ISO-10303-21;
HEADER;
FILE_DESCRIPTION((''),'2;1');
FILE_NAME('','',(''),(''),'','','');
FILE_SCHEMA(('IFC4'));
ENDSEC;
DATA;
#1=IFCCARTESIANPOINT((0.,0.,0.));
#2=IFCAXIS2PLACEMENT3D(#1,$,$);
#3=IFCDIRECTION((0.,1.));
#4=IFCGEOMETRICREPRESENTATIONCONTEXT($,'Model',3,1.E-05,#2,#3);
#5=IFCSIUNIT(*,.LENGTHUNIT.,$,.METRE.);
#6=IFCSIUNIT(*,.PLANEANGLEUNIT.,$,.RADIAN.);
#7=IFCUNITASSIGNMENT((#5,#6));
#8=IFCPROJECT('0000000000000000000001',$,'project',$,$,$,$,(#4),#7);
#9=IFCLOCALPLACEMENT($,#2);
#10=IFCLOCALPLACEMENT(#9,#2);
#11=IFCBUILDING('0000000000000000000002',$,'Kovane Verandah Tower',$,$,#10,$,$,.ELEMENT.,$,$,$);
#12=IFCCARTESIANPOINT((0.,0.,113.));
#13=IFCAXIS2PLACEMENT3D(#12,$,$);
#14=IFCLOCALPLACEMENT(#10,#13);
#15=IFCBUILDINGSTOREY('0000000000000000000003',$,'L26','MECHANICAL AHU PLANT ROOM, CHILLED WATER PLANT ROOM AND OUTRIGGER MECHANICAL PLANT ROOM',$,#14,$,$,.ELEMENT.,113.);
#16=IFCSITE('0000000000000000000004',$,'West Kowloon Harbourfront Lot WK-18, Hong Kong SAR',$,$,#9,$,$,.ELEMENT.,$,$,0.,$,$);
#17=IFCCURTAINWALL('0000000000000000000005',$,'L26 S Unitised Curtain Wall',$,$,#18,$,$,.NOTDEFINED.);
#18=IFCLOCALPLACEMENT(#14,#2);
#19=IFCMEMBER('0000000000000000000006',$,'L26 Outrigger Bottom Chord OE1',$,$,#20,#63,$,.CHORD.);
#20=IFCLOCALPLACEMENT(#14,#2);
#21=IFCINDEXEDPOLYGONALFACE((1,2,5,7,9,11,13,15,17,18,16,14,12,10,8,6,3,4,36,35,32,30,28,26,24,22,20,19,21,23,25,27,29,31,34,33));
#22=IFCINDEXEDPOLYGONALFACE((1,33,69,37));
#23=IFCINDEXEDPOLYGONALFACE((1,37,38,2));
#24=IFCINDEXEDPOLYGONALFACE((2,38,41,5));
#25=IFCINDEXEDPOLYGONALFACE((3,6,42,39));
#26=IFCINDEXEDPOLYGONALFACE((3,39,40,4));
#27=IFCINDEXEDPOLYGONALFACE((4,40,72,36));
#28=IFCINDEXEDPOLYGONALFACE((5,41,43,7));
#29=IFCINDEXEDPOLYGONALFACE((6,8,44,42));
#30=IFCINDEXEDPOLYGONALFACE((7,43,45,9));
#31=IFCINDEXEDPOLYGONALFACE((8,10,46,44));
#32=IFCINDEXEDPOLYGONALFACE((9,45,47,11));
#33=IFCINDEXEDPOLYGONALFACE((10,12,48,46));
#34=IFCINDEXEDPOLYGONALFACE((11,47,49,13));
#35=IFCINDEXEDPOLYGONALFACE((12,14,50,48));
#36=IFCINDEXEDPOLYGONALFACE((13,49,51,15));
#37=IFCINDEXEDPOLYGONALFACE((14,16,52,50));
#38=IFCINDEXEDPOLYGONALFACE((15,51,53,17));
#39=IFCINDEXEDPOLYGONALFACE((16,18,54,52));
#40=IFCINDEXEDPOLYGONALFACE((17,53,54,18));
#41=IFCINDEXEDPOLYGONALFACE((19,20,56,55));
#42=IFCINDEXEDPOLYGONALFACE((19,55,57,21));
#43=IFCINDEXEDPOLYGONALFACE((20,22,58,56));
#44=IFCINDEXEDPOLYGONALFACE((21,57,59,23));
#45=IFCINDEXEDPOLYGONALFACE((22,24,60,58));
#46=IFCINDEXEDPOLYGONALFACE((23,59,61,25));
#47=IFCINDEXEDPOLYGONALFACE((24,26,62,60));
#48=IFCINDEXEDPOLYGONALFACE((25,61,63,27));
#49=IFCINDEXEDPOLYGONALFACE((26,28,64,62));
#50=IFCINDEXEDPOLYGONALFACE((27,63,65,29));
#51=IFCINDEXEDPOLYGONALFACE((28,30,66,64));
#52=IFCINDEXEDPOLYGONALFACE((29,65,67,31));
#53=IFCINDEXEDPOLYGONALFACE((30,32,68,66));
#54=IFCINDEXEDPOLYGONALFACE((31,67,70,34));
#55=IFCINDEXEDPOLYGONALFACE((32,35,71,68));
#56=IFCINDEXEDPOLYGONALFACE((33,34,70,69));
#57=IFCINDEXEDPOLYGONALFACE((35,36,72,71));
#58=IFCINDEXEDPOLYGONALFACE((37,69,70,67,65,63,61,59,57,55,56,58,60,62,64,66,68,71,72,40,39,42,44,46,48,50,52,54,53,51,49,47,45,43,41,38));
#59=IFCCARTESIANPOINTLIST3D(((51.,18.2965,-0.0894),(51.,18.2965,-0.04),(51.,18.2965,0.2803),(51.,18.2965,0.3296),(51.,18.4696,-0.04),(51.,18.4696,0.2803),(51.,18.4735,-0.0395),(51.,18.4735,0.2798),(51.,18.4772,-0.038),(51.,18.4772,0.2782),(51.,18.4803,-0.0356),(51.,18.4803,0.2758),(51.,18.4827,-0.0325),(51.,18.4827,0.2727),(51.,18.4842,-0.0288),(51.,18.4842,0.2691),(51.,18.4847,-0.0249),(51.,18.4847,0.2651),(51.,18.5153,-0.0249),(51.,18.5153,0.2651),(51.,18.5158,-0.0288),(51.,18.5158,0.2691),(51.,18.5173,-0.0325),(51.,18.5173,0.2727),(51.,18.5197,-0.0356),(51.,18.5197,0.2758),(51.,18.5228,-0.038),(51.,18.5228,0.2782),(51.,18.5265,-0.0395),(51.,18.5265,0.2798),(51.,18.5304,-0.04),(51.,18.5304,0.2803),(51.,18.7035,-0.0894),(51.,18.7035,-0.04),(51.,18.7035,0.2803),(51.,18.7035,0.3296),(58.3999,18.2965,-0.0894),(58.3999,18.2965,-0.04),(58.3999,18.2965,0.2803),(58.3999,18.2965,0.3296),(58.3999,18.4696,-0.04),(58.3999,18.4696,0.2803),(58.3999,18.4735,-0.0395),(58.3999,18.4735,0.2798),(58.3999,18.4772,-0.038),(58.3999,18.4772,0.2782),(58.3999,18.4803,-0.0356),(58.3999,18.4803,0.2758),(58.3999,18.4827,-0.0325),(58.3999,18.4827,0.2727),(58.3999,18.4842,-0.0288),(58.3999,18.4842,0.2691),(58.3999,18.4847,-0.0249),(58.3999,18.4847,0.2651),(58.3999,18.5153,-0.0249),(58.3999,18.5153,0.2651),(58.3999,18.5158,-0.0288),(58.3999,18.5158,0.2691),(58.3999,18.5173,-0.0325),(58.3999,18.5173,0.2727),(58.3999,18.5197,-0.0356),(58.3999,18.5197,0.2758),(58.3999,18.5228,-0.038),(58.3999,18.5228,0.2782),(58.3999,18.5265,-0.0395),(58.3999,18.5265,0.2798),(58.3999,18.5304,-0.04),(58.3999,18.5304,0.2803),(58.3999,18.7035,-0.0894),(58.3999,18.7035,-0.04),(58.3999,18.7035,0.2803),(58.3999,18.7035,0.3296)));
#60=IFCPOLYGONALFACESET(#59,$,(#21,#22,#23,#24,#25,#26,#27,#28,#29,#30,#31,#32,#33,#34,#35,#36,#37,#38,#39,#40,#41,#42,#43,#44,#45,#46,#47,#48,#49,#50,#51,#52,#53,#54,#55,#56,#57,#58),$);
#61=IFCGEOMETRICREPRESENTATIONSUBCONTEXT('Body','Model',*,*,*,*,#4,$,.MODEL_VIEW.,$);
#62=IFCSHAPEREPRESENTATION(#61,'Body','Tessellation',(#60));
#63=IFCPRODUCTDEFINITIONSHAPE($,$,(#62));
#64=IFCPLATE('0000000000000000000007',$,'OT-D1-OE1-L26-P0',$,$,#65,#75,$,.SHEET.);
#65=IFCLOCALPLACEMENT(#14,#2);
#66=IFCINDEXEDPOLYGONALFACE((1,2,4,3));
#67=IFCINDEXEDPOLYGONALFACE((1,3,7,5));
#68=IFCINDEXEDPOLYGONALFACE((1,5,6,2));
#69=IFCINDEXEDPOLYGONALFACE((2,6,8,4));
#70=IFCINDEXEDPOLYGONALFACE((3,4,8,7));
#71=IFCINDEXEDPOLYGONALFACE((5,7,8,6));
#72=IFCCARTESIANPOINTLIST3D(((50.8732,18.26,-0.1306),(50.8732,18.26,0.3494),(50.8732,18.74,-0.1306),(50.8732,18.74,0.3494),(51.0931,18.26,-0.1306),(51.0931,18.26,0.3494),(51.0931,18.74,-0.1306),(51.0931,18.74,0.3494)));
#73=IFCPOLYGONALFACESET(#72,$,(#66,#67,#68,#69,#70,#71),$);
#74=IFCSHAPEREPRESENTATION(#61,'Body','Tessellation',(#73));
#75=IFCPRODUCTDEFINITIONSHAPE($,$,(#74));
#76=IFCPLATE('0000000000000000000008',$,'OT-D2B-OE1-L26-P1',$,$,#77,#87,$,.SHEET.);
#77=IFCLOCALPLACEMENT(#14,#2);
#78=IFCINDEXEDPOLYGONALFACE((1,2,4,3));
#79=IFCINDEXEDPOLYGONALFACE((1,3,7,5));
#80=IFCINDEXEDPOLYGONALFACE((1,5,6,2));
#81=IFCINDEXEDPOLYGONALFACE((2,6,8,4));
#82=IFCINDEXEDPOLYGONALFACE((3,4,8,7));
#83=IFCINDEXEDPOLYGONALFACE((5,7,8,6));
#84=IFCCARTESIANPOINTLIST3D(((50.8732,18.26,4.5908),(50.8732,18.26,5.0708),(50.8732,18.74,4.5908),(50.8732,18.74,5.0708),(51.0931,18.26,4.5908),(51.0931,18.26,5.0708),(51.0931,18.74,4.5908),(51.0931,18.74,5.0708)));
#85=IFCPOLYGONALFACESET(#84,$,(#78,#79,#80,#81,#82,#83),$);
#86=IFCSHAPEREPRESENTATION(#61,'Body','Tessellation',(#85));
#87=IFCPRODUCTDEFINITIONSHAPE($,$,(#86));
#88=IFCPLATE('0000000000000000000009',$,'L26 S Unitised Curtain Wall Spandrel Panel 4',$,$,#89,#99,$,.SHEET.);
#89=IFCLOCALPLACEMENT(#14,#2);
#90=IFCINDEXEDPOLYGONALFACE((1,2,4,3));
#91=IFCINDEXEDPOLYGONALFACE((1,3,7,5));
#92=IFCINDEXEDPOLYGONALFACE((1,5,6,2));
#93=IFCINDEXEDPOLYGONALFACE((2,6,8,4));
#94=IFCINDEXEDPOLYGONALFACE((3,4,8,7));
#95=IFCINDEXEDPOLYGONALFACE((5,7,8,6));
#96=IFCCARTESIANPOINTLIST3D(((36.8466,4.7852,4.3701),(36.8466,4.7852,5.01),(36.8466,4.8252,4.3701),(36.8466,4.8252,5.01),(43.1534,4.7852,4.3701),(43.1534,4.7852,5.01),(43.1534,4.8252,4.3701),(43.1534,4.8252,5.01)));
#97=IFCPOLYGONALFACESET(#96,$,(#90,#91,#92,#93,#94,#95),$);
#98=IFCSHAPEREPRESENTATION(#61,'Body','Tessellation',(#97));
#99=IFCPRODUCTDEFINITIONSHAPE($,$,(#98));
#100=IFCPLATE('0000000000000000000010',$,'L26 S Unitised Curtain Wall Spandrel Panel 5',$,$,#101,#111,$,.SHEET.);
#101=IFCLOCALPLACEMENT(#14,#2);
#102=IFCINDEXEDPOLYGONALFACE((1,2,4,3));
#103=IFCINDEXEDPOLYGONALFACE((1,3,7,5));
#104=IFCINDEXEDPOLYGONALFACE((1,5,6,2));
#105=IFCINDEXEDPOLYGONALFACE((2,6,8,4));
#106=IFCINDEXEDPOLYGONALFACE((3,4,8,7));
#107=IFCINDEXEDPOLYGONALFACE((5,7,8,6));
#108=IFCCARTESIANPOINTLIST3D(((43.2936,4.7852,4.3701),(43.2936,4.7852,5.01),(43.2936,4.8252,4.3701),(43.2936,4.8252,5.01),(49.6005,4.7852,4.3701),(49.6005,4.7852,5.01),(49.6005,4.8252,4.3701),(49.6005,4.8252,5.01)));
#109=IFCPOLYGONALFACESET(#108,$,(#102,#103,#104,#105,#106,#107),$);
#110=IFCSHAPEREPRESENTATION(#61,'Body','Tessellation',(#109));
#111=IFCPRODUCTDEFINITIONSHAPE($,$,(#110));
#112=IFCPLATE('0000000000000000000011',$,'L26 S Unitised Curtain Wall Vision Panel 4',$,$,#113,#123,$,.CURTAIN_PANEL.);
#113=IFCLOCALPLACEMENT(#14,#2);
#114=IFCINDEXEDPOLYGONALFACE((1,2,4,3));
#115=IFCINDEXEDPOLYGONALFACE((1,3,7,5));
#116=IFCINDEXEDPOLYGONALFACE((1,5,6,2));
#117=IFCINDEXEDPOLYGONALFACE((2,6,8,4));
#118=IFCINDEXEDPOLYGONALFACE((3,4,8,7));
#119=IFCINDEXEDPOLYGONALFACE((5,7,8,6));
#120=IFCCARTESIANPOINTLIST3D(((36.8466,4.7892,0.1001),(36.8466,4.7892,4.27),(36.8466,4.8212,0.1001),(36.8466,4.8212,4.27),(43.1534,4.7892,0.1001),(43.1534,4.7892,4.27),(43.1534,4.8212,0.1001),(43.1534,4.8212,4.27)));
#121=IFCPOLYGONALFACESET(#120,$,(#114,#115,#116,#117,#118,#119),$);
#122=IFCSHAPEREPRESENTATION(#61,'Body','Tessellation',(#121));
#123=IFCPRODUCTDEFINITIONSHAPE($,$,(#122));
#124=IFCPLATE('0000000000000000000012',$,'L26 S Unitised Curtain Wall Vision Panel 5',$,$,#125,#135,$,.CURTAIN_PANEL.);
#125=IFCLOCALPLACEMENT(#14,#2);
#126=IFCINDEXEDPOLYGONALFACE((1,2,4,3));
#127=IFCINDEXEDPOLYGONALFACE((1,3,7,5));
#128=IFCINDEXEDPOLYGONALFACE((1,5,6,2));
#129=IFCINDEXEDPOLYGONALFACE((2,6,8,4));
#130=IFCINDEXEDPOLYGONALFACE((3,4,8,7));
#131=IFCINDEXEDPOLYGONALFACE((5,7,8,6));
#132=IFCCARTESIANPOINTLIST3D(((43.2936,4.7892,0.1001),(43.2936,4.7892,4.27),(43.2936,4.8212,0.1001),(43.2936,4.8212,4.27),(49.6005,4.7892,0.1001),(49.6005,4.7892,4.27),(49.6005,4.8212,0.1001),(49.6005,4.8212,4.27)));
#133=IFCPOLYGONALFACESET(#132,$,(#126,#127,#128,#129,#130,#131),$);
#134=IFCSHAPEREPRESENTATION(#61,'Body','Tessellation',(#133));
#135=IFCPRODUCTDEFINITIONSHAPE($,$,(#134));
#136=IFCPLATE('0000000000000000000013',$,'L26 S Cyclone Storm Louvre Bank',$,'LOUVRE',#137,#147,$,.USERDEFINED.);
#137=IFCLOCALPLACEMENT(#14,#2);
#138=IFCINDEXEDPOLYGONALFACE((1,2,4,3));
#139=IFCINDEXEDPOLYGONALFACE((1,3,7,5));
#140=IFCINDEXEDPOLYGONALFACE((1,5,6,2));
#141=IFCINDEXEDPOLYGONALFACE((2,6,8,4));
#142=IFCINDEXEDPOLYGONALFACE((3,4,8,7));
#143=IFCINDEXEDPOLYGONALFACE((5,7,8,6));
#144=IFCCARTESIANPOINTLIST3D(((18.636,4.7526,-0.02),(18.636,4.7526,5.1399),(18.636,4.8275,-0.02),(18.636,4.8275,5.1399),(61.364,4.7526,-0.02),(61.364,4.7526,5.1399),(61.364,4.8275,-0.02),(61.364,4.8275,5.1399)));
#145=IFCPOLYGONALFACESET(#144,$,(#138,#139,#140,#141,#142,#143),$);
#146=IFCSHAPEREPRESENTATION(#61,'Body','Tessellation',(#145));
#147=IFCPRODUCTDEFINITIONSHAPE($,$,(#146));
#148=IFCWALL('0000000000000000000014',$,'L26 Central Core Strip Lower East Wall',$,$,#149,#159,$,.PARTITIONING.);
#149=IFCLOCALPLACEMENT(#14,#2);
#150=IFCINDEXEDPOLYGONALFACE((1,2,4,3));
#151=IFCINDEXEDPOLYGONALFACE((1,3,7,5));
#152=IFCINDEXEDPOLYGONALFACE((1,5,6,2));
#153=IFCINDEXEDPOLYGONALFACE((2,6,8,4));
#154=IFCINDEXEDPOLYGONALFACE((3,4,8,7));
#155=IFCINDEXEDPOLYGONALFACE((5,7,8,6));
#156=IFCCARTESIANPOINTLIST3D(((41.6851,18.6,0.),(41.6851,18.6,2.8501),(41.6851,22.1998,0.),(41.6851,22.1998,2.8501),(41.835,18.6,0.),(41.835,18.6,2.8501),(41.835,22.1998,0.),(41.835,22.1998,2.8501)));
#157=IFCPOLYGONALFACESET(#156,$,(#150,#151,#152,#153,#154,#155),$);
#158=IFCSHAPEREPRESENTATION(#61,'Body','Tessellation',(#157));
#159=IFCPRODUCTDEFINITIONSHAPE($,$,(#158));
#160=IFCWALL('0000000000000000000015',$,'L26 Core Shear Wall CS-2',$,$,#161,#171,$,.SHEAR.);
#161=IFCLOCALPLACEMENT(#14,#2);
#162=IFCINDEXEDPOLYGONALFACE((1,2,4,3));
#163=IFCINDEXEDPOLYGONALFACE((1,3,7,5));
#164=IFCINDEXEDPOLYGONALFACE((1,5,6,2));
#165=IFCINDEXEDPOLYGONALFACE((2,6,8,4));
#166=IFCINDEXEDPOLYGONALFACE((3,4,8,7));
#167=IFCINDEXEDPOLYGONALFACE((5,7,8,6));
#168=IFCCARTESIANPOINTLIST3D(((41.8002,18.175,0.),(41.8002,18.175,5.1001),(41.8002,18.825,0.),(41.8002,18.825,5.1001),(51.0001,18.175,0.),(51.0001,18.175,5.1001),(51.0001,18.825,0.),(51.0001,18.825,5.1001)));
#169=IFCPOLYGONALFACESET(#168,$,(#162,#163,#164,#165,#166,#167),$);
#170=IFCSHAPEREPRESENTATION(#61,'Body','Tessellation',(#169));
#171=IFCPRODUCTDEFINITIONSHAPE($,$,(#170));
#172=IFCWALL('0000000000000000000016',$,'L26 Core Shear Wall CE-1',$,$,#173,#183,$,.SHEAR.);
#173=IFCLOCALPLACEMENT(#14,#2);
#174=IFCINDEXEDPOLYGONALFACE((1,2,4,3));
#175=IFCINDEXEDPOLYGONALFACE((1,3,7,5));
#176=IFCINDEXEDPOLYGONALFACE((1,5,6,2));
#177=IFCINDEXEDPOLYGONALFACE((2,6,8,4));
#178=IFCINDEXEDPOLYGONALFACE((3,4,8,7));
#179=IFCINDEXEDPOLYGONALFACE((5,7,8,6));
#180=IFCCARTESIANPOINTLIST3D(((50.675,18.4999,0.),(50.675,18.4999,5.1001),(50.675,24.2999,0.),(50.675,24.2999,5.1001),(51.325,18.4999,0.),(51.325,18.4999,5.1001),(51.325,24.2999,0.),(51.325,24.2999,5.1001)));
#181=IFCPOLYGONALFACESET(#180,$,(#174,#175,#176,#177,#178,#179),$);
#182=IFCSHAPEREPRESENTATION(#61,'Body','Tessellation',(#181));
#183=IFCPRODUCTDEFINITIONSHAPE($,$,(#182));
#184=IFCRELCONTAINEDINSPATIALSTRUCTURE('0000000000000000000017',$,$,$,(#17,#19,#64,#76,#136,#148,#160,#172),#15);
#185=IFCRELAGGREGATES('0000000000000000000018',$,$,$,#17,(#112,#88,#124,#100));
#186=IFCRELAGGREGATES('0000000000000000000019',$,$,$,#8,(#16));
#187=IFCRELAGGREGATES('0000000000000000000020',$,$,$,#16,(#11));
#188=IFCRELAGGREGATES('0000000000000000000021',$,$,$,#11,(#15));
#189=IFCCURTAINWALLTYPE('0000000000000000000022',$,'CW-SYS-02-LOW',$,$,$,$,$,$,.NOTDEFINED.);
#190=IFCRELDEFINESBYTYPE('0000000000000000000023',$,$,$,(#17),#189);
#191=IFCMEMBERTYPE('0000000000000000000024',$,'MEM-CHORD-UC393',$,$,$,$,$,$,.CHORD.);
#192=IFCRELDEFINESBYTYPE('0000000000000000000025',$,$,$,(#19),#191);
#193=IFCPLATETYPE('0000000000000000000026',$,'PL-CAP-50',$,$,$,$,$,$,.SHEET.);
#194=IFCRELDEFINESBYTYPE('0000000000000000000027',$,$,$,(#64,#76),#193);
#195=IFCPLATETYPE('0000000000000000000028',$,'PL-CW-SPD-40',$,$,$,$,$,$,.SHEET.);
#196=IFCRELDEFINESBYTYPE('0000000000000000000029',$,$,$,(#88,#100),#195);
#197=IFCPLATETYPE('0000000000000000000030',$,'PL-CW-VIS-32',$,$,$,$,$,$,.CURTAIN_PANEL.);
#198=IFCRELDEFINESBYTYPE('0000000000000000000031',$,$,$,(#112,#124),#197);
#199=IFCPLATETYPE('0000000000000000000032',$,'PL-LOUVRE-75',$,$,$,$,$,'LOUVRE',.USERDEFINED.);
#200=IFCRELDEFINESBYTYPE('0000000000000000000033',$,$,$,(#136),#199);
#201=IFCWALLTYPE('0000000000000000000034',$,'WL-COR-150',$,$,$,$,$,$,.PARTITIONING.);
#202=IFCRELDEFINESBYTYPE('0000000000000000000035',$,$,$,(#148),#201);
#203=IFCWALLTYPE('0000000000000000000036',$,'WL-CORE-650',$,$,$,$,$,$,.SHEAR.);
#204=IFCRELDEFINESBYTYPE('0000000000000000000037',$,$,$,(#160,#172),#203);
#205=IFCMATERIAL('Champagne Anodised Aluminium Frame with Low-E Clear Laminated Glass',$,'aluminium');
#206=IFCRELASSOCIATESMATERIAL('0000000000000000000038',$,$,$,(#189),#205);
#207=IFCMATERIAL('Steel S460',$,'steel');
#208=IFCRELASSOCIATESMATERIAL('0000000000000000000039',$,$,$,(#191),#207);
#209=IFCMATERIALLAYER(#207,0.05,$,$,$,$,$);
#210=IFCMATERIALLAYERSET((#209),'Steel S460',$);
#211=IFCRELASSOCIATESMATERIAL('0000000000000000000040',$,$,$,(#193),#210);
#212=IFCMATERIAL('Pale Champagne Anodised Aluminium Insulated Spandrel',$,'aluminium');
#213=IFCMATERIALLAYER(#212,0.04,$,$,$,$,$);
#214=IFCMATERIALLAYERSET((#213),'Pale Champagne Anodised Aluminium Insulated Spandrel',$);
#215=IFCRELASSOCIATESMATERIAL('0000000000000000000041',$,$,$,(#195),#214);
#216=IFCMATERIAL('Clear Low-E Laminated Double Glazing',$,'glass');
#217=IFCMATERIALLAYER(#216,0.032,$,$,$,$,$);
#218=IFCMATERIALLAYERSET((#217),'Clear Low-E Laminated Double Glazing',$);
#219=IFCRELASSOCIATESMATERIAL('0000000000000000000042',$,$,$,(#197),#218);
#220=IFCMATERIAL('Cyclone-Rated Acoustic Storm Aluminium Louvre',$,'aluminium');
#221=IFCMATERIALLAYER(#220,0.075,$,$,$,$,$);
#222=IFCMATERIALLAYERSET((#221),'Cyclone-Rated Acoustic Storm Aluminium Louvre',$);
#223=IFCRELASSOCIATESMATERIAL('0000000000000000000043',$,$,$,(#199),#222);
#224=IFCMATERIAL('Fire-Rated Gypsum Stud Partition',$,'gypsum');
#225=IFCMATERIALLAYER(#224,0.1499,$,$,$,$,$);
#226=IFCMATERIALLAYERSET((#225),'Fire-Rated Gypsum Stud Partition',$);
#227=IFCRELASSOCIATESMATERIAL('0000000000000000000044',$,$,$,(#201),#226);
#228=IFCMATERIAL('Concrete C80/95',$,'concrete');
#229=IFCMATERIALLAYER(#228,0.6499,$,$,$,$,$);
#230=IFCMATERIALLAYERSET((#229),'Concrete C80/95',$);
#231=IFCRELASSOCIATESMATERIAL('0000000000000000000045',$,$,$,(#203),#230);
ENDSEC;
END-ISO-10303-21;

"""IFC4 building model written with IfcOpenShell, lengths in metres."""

from ifc_helpers import new_model, si_unit, direction, frame, frame_2d, origin, origin_2d, place, context, subcontext, project, spatial, rectangle, i_section, extrude, material, layer, layer_set, material_profile, profile_set, type_object, element, aggregate, save


model = new_model("IFC4")

# Units and contexts
model_context = context("Model", 3, precision=1e-05, world=origin(), true_north=direction((0.0, 1.0)))
body_context = subcontext(model_context, "Body", "Model", "MODEL_VIEW")
ifc_project = project(units=[si_unit("LENGTHUNIT", "METRE"), si_unit("PLANEANGLEUNIT", "RADIAN")], contexts=[model_context])

# Site, building, storey
site_placement = place(None, origin())
site = spatial("IfcSite", under=ifc_project, at=site_placement, Name="West Kowloon Harbourfront Lot WK-18, Hong Kong SAR", CompositionType="ELEMENT", RefElevation=0.0)
building_placement = place(site_placement, origin())
building = spatial("IfcBuilding", under=site, at=building_placement, Name="Kovane Verandah Tower", CompositionType="ELEMENT")
storey_placement = place(building_placement, frame((0.0, 0.0, 113.0)))
storey = spatial("IfcBuildingStorey", under=building, at=storey_placement, Name="L26", Description="MECHANICAL AHU PLANT ROOM, CHILLED WATER PLANT ROOM AND OUTRIGGER MECHANICAL PLANT ROOM", CompositionType="ELEMENT", Elevation=113.0)

# Shared definitions
ifc_material_1 = material(Name="Concrete C80/95", Category="concrete")
ifc_material_2 = material(Name="Steel S460", Category="steel")

# Curtain wall
ifc_material_3 = material(Name="Champagne Anodised Aluminium Frame with Low-E Clear Laminated Glass", Category="aluminium")
curtain_wall_type = type_object("IfcCurtainWallType", Name="CW-SYS-02-LOW", PredefinedType="NOTDEFINED", material=ifc_material_3)
curtain_wall_placement = place(storey_placement, origin())
curtain_wall = element("IfcCurtainWall", 1, at=curtain_wall_placement, inside=storey, type_object=curtain_wall_type, Name="L26 S Unitised Curtain Wall", PredefinedType="NOTDEFINED")

# Member
ifc_material_profile_1 = material_profile(ifc_material_2, i_section(OverallWidth=0.407, OverallDepth=0.4189, WebThickness=0.0305, FlangeThickness=0.0493, FilletRadius=0.0151, at=origin_2d()), Name="UC356x406x393")
ifc_profile_set_1 = profile_set([ifc_material_profile_1], Name="Steel S460")
member_type_1 = type_object("IfcMemberType", Name="MEM-CHORD-UC393", PredefinedType="CHORD", material=ifc_profile_set_1)
member_1_placement = place(storey_placement, frame((51.0, 18.5, 0.1201), z_axis=(1.0, 0.0, 0.0), x_axis=(0.0, 1.0, 0.0)))
element("IfcMember", 2, at=member_1_placement, inside=storey, type_object=member_type_1, Name="L26 Outrigger Bottom Chord OE1", PredefinedType="CHORD", context=body_context, shape_type="SweptSolid", body=[
    extrude(i_section(OverallWidth=0.407, OverallDepth=0.4189, WebThickness=0.0305, FlangeThickness=0.0493, FilletRadius=0.0151, at=origin_2d()), origin(), (0.0, 0.0, 1.0), 7.3999),
])

# Plates
ifc_layer_1 = layer(ifc_material_2, 0.05)
ifc_layer_set_1 = layer_set([ifc_layer_1], Name="Steel S460")
plate_type_1 = type_object("IfcPlateType", Name="PL-CAP-50", PredefinedType="SHEET", material=ifc_layer_set_1)
for number, where, z_axis, x_axis, name in (
    (3, (50.9832, 18.5, -0.1306), (0.0, 0.0, 1.0), (1.0, 0.0, 0.0), "OT-D1-OE1-L26-P0"),
    (4, (50.9832, 18.5, 4.5908), (0.0, 0.0, 1.0), (-1.0, 0.0, 0.0), "OT-D2B-OE1-L26-P1"),
):
    element("IfcPlate", number, at=place(storey_placement, frame(where, z_axis=z_axis, x_axis=x_axis)), inside=storey, type_object=plate_type_1, Name=name, PredefinedType="SHEET", context=body_context, shape_type="SweptSolid", body=[
        extrude(rectangle(XDim=0.22, YDim=0.48, at=origin_2d()), origin(), (0.0, 0.0, 1.0), 0.48),
    ])

# Plates
ifc_material_4 = material(Name="Pale Champagne Anodised Aluminium Insulated Spandrel", Category="aluminium")
ifc_layer_2 = layer(ifc_material_4, 0.04)
ifc_layer_set_2 = layer_set([ifc_layer_2], Name="Pale Champagne Anodised Aluminium Insulated Spandrel")
plate_type_2 = type_object("IfcPlateType", Name="PL-CW-SPD-40", PredefinedType="SHEET", material=ifc_layer_set_2)
plate_1_placement = place(storey_placement, frame((40.0, 4.8052, 4.3701), z_axis=(0.0, 0.0, 1.0), x_axis=(1.0, 0.0, 0.0)))
plate_1 = element("IfcPlate", 5, at=plate_1_placement, type_object=plate_type_2, Name="L26 S Unitised Curtain Wall Spandrel Panel 4", PredefinedType="SHEET", context=body_context, shape_type="SweptSolid", body=[
    extrude(rectangle(XDim=6.3069, YDim=0.04, at=origin_2d()), origin(), (0.0, 0.0, 1.0), 0.6399),
])
plate_2_placement = place(storey_placement, frame((46.447, 4.8052, 4.3701), z_axis=(0.0, 0.0, 1.0), x_axis=(1.0, 0.0, 0.0)))
plate_2 = element("IfcPlate", 6, at=plate_2_placement, type_object=plate_type_2, Name="L26 S Unitised Curtain Wall Spandrel Panel 5", PredefinedType="SHEET", context=body_context, shape_type="SweptSolid", body=[
    extrude(rectangle(XDim=6.3069, YDim=0.04, at=origin_2d()), origin(), (0.0, 0.0, 1.0), 0.6399),
])
ifc_material_5 = material(Name="Clear Low-E Laminated Double Glazing", Category="glass")
ifc_layer_3 = layer(ifc_material_5, 0.032)
ifc_layer_set_3 = layer_set([ifc_layer_3], Name="Clear Low-E Laminated Double Glazing")
plate_type_3 = type_object("IfcPlateType", Name="PL-CW-VIS-32", PredefinedType="CURTAIN_PANEL", material=ifc_layer_set_3)
plate_3_placement = place(storey_placement, frame((40.0, 4.8052, 0.1001), z_axis=(0.0, 0.0, 1.0), x_axis=(1.0, 0.0, 0.0)))
plate_3 = element("IfcPlate", 7, at=plate_3_placement, type_object=plate_type_3, Name="L26 S Unitised Curtain Wall Vision Panel 4", PredefinedType="CURTAIN_PANEL", context=body_context, shape_type="SweptSolid", body=[
    extrude(rectangle(XDim=6.3069, YDim=0.032, at=origin_2d()), origin(), (0.0, 0.0, 1.0), 4.1699),
])
plate_4_placement = place(storey_placement, frame((46.447, 4.8052, 0.1001), z_axis=(0.0, 0.0, 1.0), x_axis=(1.0, 0.0, 0.0)))
plate_4 = element("IfcPlate", 8, at=plate_4_placement, type_object=plate_type_3, Name="L26 S Unitised Curtain Wall Vision Panel 5", PredefinedType="CURTAIN_PANEL", context=body_context, shape_type="SweptSolid", body=[
    extrude(rectangle(XDim=6.3069, YDim=0.032, at=origin_2d()), origin(), (0.0, 0.0, 1.0), 4.1699),
])
aggregate(curtain_wall, [plate_3, plate_1, plate_4, plate_2])
ifc_material_6 = material(Name="Cyclone-Rated Acoustic Storm Aluminium Louvre", Category="aluminium")
ifc_layer_4 = layer(ifc_material_6, 0.075)
ifc_layer_set_4 = layer_set([ifc_layer_4], Name="Cyclone-Rated Acoustic Storm Aluminium Louvre")
plate_type_4 = type_object("IfcPlateType", Name="PL-LOUVRE-75", ElementType="LOUVRE", PredefinedType="USERDEFINED", material=ifc_layer_set_4)
plate_5_placement = place(storey_placement, frame((40.0, 4.79, -0.02), z_axis=(0.0, 0.0, 1.0), x_axis=(1.0, 0.0, 0.0)))
element("IfcPlate", 9, at=plate_5_placement, inside=storey, type_object=plate_type_4, Name="L26 S Cyclone Storm Louvre Bank", ObjectType="LOUVRE", PredefinedType="USERDEFINED", context=body_context, shape_type="SweptSolid", body=[
    extrude(rectangle(XDim=42.728, YDim=0.075, at=origin_2d()), origin(), (0.0, 0.0, 1.0), 5.1599),
])

# Walls
ifc_material_7 = material(Name="Fire-Rated Gypsum Stud Partition", Category="gypsum")
ifc_layer_5 = layer(ifc_material_7, 0.1499)
ifc_layer_set_5 = layer_set([ifc_layer_5], Name="Fire-Rated Gypsum Stud Partition")
wall_type_1 = type_object("IfcWallType", Name="WL-COR-150", PredefinedType="PARTITIONING", material=ifc_layer_set_5)
wall_1_placement = place(storey_placement, frame((41.76, 18.6001, 0.0), z_axis=(0.0, 0.0, 1.0), x_axis=(0.0, 1.0, 0.0)))
element("IfcWall", 10, at=wall_1_placement, inside=storey, type_object=wall_type_1, Name="L26 Central Core Strip Lower East Wall", PredefinedType="PARTITIONING", context=body_context, shape_type="SweptSolid", body=[
    extrude(rectangle(XDim=3.5999, YDim=0.1499, at=frame_2d((1.7998, 0.0))), origin(), (0.0, 0.0, 1.0), 2.8501),
])
ifc_layer_6 = layer(ifc_material_1, 0.6499)
ifc_layer_set_6 = layer_set([ifc_layer_6], Name="Concrete C80/95")
wall_type_2 = type_object("IfcWallType", Name="WL-CORE-650", PredefinedType="SHEAR", material=ifc_layer_set_6)
wall_2_placement = place(storey_placement, frame((41.8, 18.5, 0.0), z_axis=(0.0, 0.0, 1.0), x_axis=(1.0, 0.0, 0.0)))
element("IfcWall", 11, at=wall_2_placement, inside=storey, type_object=wall_type_2, Name="L26 Core Shear Wall CS-2", PredefinedType="SHEAR", context=body_context, shape_type="SweptSolid", body=[
    extrude(rectangle(XDim=9.2, YDim=0.6499, at=frame_2d((4.6001, 0.0))), origin(), (0.0, 0.0, 1.0), 5.1001),
])
wall_3_placement = place(storey_placement, frame((51.0, 18.5, 0.0), z_axis=(0.0, 0.0, 1.0), x_axis=(0.0, 1.0, 0.0)))
element("IfcWall", 12, at=wall_3_placement, inside=storey, type_object=wall_type_2, Name="L26 Core Shear Wall CE-1", PredefinedType="SHEAR", context=body_context, shape_type="SweptSolid", body=[
    extrude(rectangle(XDim=5.8, YDim=0.6499, at=frame_2d((2.8999, 0.0))), origin(), (0.0, 0.0, 1.0), 5.1001),
])

save(model, "model.ifc")
